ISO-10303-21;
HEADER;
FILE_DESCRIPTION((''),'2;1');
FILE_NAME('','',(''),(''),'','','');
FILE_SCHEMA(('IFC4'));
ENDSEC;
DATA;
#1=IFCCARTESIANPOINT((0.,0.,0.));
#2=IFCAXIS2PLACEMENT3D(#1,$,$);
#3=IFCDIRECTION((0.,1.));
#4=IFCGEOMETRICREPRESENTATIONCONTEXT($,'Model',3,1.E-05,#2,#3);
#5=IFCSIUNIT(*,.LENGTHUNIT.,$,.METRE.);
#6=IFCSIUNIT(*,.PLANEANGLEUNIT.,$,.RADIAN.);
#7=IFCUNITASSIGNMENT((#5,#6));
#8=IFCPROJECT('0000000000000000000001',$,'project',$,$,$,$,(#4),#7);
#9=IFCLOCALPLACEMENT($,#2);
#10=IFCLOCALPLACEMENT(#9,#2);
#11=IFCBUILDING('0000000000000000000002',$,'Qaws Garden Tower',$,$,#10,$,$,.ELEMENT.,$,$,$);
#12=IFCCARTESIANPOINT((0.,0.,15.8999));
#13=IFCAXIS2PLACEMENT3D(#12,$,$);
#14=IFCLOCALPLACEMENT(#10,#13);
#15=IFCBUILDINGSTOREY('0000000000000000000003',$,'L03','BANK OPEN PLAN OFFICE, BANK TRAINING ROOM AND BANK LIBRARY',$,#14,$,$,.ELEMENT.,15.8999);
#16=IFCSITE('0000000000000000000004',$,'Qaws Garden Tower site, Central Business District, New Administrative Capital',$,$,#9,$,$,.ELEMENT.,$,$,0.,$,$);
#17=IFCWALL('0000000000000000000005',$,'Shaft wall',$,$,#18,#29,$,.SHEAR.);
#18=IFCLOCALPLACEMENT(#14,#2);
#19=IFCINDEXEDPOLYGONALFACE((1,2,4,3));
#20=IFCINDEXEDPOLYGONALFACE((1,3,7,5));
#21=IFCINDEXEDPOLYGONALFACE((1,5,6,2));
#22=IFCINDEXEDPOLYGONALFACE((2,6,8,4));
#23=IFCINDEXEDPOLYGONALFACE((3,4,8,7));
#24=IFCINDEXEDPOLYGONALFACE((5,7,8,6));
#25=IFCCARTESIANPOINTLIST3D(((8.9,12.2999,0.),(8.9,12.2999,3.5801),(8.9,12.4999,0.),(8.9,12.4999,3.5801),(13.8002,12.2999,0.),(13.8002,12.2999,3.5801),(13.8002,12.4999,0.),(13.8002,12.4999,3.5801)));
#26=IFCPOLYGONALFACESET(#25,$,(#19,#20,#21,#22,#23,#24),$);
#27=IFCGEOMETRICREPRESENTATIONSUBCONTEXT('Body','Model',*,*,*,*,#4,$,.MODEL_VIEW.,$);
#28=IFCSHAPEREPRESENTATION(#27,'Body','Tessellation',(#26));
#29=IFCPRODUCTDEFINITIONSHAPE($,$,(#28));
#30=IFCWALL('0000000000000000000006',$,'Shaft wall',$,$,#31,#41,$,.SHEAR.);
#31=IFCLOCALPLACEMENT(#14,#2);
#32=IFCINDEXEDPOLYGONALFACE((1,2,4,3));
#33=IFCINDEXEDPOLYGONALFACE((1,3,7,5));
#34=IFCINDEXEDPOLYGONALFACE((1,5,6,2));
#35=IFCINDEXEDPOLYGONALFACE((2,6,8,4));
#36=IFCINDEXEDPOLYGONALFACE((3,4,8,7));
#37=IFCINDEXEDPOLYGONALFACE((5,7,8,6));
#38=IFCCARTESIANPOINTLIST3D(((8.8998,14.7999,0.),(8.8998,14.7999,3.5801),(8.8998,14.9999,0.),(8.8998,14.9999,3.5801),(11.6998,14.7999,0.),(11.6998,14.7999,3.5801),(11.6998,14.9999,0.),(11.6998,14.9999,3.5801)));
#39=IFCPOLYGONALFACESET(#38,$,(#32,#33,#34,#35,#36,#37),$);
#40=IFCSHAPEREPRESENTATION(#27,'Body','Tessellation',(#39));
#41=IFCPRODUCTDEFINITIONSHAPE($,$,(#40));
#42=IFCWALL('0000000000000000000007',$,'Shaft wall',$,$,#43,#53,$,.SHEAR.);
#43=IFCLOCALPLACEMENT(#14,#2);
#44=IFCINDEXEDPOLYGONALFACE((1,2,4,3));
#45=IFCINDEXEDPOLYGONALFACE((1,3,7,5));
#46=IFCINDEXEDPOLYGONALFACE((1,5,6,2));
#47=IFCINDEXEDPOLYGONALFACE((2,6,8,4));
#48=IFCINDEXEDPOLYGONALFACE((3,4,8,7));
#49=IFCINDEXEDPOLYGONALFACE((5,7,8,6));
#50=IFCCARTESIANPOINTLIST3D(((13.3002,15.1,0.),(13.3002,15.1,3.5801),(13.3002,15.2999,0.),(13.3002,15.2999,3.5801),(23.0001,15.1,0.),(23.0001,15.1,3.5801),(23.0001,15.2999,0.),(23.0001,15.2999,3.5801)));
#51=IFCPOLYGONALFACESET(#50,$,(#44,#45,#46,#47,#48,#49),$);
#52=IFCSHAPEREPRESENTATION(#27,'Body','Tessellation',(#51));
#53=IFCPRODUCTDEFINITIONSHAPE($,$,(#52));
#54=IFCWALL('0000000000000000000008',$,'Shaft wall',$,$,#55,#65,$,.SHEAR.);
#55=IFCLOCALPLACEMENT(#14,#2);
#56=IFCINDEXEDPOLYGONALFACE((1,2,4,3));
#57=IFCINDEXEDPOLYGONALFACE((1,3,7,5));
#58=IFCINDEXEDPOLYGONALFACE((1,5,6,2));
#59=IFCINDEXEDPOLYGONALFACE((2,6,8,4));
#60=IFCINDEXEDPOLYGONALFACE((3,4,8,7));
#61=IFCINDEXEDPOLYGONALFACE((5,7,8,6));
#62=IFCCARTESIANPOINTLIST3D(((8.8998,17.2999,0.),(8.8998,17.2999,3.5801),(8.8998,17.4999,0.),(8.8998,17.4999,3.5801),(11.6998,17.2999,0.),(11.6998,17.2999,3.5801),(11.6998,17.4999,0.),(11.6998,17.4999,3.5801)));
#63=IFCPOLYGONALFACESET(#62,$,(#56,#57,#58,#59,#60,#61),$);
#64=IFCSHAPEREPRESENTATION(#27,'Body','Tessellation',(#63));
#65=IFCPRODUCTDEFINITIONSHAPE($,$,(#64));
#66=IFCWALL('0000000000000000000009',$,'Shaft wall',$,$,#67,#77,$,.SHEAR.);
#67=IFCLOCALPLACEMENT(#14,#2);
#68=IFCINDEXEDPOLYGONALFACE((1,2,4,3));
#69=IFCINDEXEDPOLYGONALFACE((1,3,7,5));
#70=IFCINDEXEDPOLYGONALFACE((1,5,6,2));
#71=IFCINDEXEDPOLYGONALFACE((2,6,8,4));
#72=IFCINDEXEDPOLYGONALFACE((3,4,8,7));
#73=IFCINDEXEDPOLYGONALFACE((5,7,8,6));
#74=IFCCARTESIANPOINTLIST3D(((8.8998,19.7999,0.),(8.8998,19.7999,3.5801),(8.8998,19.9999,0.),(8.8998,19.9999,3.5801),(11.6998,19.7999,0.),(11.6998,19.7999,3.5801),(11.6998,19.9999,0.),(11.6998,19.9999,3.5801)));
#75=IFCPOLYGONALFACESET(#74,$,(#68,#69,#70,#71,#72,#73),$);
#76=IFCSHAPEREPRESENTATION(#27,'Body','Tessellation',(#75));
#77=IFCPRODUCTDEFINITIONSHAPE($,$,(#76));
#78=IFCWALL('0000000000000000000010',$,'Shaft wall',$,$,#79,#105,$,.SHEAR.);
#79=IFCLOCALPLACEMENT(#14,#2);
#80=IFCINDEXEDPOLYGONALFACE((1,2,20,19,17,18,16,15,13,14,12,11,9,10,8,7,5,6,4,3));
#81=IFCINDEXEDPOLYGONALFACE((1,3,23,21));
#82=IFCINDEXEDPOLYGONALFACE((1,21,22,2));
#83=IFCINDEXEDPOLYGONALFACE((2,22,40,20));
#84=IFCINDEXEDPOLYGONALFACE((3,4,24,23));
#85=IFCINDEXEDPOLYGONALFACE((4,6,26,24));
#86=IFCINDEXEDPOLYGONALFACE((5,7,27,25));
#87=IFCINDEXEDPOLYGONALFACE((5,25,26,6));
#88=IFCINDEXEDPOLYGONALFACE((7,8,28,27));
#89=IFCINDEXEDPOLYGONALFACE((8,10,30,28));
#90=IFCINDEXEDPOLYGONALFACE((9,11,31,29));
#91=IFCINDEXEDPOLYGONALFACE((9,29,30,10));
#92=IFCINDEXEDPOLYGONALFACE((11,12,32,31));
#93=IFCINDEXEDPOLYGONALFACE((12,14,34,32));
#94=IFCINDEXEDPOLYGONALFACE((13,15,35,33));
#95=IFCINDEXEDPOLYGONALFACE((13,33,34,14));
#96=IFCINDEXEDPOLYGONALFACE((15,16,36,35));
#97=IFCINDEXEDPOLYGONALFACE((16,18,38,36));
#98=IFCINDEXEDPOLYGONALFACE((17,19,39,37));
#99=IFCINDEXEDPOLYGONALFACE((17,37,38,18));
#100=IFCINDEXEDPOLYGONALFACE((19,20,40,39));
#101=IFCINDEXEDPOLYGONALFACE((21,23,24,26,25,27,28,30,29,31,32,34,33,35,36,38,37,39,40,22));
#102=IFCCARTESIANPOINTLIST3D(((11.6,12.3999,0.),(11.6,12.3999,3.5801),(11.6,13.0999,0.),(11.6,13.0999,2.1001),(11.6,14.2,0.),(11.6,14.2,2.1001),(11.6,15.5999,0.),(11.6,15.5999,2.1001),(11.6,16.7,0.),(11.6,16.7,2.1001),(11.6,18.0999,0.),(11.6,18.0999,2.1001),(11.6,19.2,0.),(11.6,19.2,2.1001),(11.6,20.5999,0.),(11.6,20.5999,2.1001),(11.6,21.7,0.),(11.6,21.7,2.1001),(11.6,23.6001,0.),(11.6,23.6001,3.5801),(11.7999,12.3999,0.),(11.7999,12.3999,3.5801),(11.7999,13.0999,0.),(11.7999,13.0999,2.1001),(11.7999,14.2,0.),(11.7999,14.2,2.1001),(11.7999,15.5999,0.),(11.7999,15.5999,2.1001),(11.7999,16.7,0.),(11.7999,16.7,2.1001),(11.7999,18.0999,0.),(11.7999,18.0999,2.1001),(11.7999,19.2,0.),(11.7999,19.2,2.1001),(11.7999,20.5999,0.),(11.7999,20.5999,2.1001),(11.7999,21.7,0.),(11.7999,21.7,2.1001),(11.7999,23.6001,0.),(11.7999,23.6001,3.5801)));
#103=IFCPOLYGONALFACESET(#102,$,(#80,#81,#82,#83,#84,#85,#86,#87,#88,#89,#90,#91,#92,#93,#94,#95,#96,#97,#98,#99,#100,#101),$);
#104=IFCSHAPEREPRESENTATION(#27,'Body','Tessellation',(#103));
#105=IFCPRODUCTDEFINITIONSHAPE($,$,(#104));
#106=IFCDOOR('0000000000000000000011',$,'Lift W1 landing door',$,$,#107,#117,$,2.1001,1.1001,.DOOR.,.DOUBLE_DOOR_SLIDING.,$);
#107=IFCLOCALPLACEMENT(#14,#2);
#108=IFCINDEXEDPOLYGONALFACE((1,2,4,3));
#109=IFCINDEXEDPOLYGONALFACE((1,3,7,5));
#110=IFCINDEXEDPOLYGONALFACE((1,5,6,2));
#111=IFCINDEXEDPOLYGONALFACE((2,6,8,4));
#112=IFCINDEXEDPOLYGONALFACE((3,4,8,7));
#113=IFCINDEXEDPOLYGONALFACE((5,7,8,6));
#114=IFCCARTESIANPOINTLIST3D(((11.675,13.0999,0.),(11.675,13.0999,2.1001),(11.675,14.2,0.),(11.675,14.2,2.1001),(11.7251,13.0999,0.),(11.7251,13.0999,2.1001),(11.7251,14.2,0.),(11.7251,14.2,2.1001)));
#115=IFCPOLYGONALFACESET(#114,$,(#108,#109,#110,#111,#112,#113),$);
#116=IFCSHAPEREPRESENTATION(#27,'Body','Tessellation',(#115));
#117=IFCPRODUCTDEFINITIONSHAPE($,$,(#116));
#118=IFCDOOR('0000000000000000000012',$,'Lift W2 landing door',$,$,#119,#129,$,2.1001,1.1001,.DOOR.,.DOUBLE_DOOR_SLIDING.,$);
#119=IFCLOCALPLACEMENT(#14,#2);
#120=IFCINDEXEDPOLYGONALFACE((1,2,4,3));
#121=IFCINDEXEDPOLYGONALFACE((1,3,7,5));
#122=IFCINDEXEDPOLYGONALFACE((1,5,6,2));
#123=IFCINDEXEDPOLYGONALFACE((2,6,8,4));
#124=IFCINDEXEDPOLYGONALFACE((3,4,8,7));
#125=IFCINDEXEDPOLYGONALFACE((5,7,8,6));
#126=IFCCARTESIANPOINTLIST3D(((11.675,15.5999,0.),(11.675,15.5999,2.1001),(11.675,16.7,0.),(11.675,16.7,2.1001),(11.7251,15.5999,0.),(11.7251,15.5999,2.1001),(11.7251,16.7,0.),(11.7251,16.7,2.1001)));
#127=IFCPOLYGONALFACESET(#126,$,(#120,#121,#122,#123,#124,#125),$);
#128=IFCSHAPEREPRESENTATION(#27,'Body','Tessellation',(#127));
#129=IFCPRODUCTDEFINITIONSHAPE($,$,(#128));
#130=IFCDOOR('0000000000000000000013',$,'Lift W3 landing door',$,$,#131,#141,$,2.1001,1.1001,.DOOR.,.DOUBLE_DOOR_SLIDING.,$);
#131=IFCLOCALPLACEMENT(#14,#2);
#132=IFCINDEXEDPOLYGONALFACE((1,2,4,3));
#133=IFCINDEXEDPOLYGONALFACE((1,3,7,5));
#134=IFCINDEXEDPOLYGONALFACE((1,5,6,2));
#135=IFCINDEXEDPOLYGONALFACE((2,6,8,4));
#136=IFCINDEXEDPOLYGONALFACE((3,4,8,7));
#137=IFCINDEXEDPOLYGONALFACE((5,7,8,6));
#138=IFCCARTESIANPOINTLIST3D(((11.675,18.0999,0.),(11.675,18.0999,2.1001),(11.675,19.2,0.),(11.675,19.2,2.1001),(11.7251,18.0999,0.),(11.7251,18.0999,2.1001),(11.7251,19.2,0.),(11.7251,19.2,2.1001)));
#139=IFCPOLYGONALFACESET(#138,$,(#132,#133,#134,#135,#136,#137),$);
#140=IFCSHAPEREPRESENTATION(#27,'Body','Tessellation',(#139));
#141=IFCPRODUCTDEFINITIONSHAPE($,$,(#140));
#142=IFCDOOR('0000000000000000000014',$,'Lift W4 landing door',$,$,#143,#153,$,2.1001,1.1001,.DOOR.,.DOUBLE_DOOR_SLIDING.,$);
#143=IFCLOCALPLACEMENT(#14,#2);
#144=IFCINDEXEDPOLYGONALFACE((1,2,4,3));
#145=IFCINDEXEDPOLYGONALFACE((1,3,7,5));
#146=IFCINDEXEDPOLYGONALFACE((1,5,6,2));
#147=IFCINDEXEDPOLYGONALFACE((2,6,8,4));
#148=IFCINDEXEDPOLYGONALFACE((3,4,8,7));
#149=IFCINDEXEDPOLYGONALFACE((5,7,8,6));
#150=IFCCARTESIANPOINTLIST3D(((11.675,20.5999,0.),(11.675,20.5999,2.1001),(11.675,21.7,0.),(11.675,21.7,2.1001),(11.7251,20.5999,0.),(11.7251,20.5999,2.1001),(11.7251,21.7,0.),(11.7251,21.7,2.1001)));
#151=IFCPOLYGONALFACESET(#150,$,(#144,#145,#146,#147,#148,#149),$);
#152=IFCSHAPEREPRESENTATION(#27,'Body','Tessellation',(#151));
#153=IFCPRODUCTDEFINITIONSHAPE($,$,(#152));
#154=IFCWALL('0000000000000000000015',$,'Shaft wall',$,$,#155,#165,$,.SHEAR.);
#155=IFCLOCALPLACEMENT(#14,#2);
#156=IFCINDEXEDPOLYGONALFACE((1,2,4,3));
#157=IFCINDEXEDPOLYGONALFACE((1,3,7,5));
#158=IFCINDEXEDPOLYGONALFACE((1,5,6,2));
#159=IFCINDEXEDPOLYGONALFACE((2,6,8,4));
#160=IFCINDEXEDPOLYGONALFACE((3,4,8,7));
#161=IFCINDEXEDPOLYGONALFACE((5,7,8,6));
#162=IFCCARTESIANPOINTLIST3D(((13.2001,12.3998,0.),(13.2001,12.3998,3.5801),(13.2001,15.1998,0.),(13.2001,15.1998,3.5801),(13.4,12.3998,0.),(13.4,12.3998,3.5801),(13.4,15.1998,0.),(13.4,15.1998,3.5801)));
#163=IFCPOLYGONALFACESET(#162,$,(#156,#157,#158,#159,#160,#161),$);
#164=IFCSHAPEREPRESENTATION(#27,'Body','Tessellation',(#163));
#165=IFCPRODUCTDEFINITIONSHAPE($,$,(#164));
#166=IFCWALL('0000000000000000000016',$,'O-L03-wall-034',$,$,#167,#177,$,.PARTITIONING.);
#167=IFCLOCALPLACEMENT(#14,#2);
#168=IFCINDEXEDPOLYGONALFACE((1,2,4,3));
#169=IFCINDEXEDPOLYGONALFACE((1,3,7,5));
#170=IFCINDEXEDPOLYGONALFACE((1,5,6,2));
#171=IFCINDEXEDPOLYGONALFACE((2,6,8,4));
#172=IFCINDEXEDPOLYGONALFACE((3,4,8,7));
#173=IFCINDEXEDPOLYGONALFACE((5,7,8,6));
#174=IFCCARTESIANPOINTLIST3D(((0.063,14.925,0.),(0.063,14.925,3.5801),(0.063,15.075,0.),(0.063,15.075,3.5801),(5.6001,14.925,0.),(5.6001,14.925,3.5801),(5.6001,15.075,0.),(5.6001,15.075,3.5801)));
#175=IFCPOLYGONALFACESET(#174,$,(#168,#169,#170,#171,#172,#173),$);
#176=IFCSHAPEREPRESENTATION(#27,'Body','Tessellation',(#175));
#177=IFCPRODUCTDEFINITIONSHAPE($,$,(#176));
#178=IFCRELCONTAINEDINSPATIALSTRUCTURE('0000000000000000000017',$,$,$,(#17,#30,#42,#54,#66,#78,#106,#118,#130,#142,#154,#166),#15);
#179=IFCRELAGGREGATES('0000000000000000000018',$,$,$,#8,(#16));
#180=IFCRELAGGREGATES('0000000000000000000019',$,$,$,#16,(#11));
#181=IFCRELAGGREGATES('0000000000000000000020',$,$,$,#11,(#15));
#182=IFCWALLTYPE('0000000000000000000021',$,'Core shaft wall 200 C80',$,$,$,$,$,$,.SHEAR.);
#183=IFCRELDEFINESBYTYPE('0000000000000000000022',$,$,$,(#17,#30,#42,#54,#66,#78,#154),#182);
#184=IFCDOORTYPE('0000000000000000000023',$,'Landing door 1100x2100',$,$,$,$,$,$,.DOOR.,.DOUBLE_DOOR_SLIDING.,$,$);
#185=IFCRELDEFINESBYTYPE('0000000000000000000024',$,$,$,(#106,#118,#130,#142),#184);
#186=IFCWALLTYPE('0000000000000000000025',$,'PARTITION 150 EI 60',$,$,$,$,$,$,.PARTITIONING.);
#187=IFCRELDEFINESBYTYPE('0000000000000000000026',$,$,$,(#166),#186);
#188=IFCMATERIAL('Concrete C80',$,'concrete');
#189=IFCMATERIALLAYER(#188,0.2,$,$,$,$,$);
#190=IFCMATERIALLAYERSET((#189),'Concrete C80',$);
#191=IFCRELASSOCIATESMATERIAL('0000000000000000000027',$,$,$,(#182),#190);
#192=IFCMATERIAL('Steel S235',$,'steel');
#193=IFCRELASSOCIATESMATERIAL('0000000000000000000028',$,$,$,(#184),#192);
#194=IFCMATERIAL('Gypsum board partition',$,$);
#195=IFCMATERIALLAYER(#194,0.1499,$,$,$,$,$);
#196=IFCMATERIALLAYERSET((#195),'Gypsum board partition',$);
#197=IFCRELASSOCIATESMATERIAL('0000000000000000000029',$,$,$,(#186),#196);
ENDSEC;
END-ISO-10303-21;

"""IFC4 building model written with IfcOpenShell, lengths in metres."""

from ifc_helpers import new_model, si_unit, direction, frame, frame_2d, origin, place, context, subcontext, project, spatial, rectangle, extrude, material, layer, layer_set, type_object, element, fill, save


model = new_model("IFC4")

# Units and contexts
model_context = context("Model", 3, precision=1e-05, world=origin(), true_north=direction((0.0, 1.0)))
body_context = subcontext(model_context, "Body", "Model", "MODEL_VIEW")
ifc_project = project(units=[si_unit("LENGTHUNIT", "METRE"), si_unit("PLANEANGLEUNIT", "RADIAN")], contexts=[model_context])

# Site, building, storey
site_placement = place(None, origin())
site = spatial("IfcSite", under=ifc_project, at=site_placement, Name="Qaws Garden Tower site, Central Business District, New Administrative Capital", CompositionType="ELEMENT", RefElevation=0.0)
building_placement = place(site_placement, origin())
building = spatial("IfcBuilding", under=site, at=building_placement, Name="Qaws Garden Tower", CompositionType="ELEMENT")
storey_placement = place(building_placement, frame((0.0, 0.0, 15.8999)))
storey = spatial("IfcBuildingStorey", under=building, at=storey_placement, Name="L03", Description="BANK OPEN PLAN OFFICE, BANK TRAINING ROOM AND BANK LIBRARY", CompositionType="ELEMENT", Elevation=15.8999)

# Walls
ifc_material_1 = material(Name="Concrete C80", Category="concrete")
ifc_layer_1 = layer(ifc_material_1, 0.2)
ifc_layer_set_1 = layer_set([ifc_layer_1], Name="Concrete C80")
wall_type_1 = type_object("IfcWallType", Name="Core shaft wall 200 C80", PredefinedType="SHEAR", material=ifc_layer_set_1)
wall_1_placement = place(storey_placement, frame((8.8999, 12.3999, 0.0), z_axis=(0.0, 0.0, 1.0), x_axis=(1.0, 0.0, 0.0)))
element("IfcWall", 1, at=wall_1_placement, inside=storey, type_object=wall_type_1, Name="Shaft wall", PredefinedType="SHEAR", context=body_context, shape_type="SweptSolid", body=[
    extrude(rectangle(XDim=4.9001, YDim=0.2, at=frame_2d((2.4502, 0.0))), origin(), (0.0, 0.0, 1.0), 3.5801),
])
wall_2_placement = place(storey_placement, frame((8.8999, 14.8999, 0.0), z_axis=(0.0, 0.0, 1.0), x_axis=(1.0, 0.0, 0.0)))
element("IfcWall", 2, at=wall_2_placement, inside=storey, type_object=wall_type_1, Name="Shaft wall", PredefinedType="SHEAR", context=body_context, shape_type="SweptSolid", body=[
    extrude(rectangle(XDim=2.8, YDim=0.2, at=frame_2d((1.3999, 0.0))), origin(), (0.0, 0.0, 1.0), 3.5801),
])
wall_3_placement = place(storey_placement, frame((13.3, 15.2, 0.0), z_axis=(0.0, 0.0, 1.0), x_axis=(1.0, 0.0, 0.0)))
element("IfcWall", 3, at=wall_3_placement, inside=storey, type_object=wall_type_1, Name="Shaft wall", PredefinedType="SHEAR", context=body_context, shape_type="SweptSolid", body=[
    extrude(rectangle(XDim=9.7, YDim=0.2, at=frame_2d((4.8501, 0.0))), origin(), (0.0, 0.0, 1.0), 3.5801),
])
for number, where, z_axis, x_axis, name in (
    (4, (8.8999, 17.3999, 0.0), (0.0, 0.0, 1.0), (1.0, 0.0, 0.0), "Shaft wall"),
    (5, (8.8999, 19.8999, 0.0), (0.0, 0.0, 1.0), (1.0, 0.0, 0.0), "Shaft wall"),
):
    element("IfcWall", number, at=place(storey_placement, frame(where, z_axis=z_axis, x_axis=x_axis)), inside=storey, type_object=wall_type_1, Name=name, PredefinedType="SHEAR", context=body_context, shape_type="SweptSolid", body=[
        extrude(rectangle(XDim=2.8, YDim=0.2, at=frame_2d((1.3999, 0.0))), origin(), (0.0, 0.0, 1.0), 3.5801),
    ])

# Wall, openings, doors
wall_4_placement = place(storey_placement, frame((11.7, 12.3999, 0.0), z_axis=(0.0, 0.0, 1.0), x_axis=(0.0, 1.0, 0.0)))
wall_4 = element("IfcWall", 6, at=wall_4_placement, inside=storey, type_object=wall_type_1, Name="Shaft wall", PredefinedType="SHEAR", context=body_context, shape_type="SweptSolid", body=[
    extrude(rectangle(XDim=11.2002, YDim=0.2, at=frame_2d((5.6001, 0.0))), origin(), (0.0, 0.0, 1.0), 3.5801),
])
opening_1_placement = place(wall_4_placement, frame((0.7, 0.0, 0.0)))
opening_1 = element("IfcOpeningElement", 7, at=opening_1_placement, cuts=wall_4, PredefinedType="OPENING", context=body_context, shape_type="SweptSolid", body=[
    extrude(rectangle(XDim=1.1001, YDim=2.1001, at=frame_2d((0.55, 1.05))), frame((0.0, 0.1099, 0.0), z_axis=(0.0, -1.0, 0.0), x_axis=(1.0, 0.0, 0.0)), (0.0, 0.0, 1.0), 0.22),
])
opening_2_placement = place(wall_4_placement, frame((3.2, 0.0, 0.0)))
opening_2 = element("IfcOpeningElement", 8, at=opening_2_placement, cuts=wall_4, PredefinedType="OPENING", context=body_context, shape_type="SweptSolid", body=[
    extrude(rectangle(XDim=1.1001, YDim=2.1001, at=frame_2d((0.55, 1.05))), frame((0.0, 0.1099, 0.0), z_axis=(0.0, -1.0, 0.0), x_axis=(1.0, 0.0, 0.0)), (0.0, 0.0, 1.0), 0.22),
])
opening_3_placement = place(wall_4_placement, frame((5.7, 0.0, 0.0)))
opening_3 = element("IfcOpeningElement", 9, at=opening_3_placement, cuts=wall_4, PredefinedType="OPENING", context=body_context, shape_type="SweptSolid", body=[
    extrude(rectangle(XDim=1.1001, YDim=2.1001, at=frame_2d((0.55, 1.05))), frame((0.0, 0.1099, 0.0), z_axis=(0.0, -1.0, 0.0), x_axis=(1.0, 0.0, 0.0)), (0.0, 0.0, 1.0), 0.22),
])
opening_4_placement = place(wall_4_placement, frame((8.2, 0.0, 0.0)))
opening_4 = element("IfcOpeningElement", 10, at=opening_4_placement, cuts=wall_4, PredefinedType="OPENING", context=body_context, shape_type="SweptSolid", body=[
    extrude(rectangle(XDim=1.1001, YDim=2.1001, at=frame_2d((0.55, 1.05))), frame((0.0, 0.1099, 0.0), z_axis=(0.0, -1.0, 0.0), x_axis=(1.0, 0.0, 0.0)), (0.0, 0.0, 1.0), 0.22),
])
ifc_material_2 = material(Name="Steel S235", Category="steel")
door_type = type_object("IfcDoorType", Name="Landing door 1100x2100", OperationType="DOUBLE_DOOR_SLIDING", PredefinedType="DOOR", material=ifc_material_2)
door_1_placement = place(opening_1_placement, origin())
door_1 = element("IfcDoor", 11, at=door_1_placement, inside=storey, type_object=door_type, Name="Lift W1 landing door", OperationType="DOUBLE_DOOR_SLIDING", OverallHeight=2.1001, OverallWidth=1.1001, PredefinedType="DOOR", context=body_context, shape_type="SweptSolid", body=[
    extrude(rectangle(XDim=1.1001, YDim=2.1001, at=frame_2d((0.55, 1.05))), frame((0.0, 0.0249, 0.0), z_axis=(0.0, -1.0, 0.0), x_axis=(1.0, 0.0, 0.0)), (0.0, 0.0, 1.0), 0.05),
])
fill(opening_1, door_1)
door_2_placement = place(opening_2_placement, origin())
door_2 = element("IfcDoor", 12, at=door_2_placement, inside=storey, type_object=door_type, Name="Lift W2 landing door", OperationType="DOUBLE_DOOR_SLIDING", OverallHeight=2.1001, OverallWidth=1.1001, PredefinedType="DOOR", context=body_context, shape_type="SweptSolid", body=[
    extrude(rectangle(XDim=1.1001, YDim=2.1001, at=frame_2d((0.55, 1.05))), frame((0.0, 0.0249, 0.0), z_axis=(0.0, -1.0, 0.0), x_axis=(1.0, 0.0, 0.0)), (0.0, 0.0, 1.0), 0.05),
])
fill(opening_2, door_2)
door_3_placement = place(opening_3_placement, origin())
door_3 = element("IfcDoor", 13, at=door_3_placement, inside=storey, type_object=door_type, Name="Lift W3 landing door", OperationType="DOUBLE_DOOR_SLIDING", OverallHeight=2.1001, OverallWidth=1.1001, PredefinedType="DOOR", context=body_context, shape_type="SweptSolid", body=[
    extrude(rectangle(XDim=1.1001, YDim=2.1001, at=frame_2d((0.55, 1.05))), frame((0.0, 0.0249, 0.0), z_axis=(0.0, -1.0, 0.0), x_axis=(1.0, 0.0, 0.0)), (0.0, 0.0, 1.0), 0.05),
])
fill(opening_3, door_3)
door_4_placement = place(opening_4_placement, origin())
door_4 = element("IfcDoor", 14, at=door_4_placement, inside=storey, type_object=door_type, Name="Lift W4 landing door", OperationType="DOUBLE_DOOR_SLIDING", OverallHeight=2.1001, OverallWidth=1.1001, PredefinedType="DOOR", context=body_context, shape_type="SweptSolid", body=[
    extrude(rectangle(XDim=1.1001, YDim=2.1001, at=frame_2d((0.55, 1.05))), frame((0.0, 0.0249, 0.0), z_axis=(0.0, -1.0, 0.0), x_axis=(1.0, 0.0, 0.0)), (0.0, 0.0, 1.0), 0.05),
])
fill(opening_4, door_4)

# Walls
wall_5_placement = place(storey_placement, frame((13.3, 12.3999, 0.0), z_axis=(0.0, 0.0, 1.0), x_axis=(0.0, 1.0, 0.0)))
element("IfcWall", 15, at=wall_5_placement, inside=storey, type_object=wall_type_1, Name="Shaft wall", PredefinedType="SHEAR", context=body_context, shape_type="SweptSolid", body=[
    extrude(rectangle(XDim=2.8, YDim=0.2, at=frame_2d((1.3999, 0.0))), origin(), (0.0, 0.0, 1.0), 3.5801),
])
ifc_material_3 = material(Name="Gypsum board partition")
ifc_layer_2 = layer(ifc_material_3, 0.1499)
ifc_layer_set_2 = layer_set([ifc_layer_2], Name="Gypsum board partition")
wall_type_2 = type_object("IfcWallType", Name="PARTITION 150 EI 60", PredefinedType="PARTITIONING", material=ifc_layer_set_2)
wall_6_placement = place(storey_placement, frame((0.063, 15.0, 0.0), z_axis=(0.0, 0.0, 1.0), x_axis=(1.0, 0.0, 0.0)))
element("IfcWall", 16, at=wall_6_placement, inside=storey, type_object=wall_type_2, Name="O-L03-wall-034", PredefinedType="PARTITIONING", context=body_context, shape_type="SweptSolid", body=[
    extrude(rectangle(XDim=5.5371, YDim=0.1499, at=frame_2d((2.7686, 0.0))), origin(), (0.0, 0.0, 1.0), 3.5801),
])

save(model, "model.ifc")
